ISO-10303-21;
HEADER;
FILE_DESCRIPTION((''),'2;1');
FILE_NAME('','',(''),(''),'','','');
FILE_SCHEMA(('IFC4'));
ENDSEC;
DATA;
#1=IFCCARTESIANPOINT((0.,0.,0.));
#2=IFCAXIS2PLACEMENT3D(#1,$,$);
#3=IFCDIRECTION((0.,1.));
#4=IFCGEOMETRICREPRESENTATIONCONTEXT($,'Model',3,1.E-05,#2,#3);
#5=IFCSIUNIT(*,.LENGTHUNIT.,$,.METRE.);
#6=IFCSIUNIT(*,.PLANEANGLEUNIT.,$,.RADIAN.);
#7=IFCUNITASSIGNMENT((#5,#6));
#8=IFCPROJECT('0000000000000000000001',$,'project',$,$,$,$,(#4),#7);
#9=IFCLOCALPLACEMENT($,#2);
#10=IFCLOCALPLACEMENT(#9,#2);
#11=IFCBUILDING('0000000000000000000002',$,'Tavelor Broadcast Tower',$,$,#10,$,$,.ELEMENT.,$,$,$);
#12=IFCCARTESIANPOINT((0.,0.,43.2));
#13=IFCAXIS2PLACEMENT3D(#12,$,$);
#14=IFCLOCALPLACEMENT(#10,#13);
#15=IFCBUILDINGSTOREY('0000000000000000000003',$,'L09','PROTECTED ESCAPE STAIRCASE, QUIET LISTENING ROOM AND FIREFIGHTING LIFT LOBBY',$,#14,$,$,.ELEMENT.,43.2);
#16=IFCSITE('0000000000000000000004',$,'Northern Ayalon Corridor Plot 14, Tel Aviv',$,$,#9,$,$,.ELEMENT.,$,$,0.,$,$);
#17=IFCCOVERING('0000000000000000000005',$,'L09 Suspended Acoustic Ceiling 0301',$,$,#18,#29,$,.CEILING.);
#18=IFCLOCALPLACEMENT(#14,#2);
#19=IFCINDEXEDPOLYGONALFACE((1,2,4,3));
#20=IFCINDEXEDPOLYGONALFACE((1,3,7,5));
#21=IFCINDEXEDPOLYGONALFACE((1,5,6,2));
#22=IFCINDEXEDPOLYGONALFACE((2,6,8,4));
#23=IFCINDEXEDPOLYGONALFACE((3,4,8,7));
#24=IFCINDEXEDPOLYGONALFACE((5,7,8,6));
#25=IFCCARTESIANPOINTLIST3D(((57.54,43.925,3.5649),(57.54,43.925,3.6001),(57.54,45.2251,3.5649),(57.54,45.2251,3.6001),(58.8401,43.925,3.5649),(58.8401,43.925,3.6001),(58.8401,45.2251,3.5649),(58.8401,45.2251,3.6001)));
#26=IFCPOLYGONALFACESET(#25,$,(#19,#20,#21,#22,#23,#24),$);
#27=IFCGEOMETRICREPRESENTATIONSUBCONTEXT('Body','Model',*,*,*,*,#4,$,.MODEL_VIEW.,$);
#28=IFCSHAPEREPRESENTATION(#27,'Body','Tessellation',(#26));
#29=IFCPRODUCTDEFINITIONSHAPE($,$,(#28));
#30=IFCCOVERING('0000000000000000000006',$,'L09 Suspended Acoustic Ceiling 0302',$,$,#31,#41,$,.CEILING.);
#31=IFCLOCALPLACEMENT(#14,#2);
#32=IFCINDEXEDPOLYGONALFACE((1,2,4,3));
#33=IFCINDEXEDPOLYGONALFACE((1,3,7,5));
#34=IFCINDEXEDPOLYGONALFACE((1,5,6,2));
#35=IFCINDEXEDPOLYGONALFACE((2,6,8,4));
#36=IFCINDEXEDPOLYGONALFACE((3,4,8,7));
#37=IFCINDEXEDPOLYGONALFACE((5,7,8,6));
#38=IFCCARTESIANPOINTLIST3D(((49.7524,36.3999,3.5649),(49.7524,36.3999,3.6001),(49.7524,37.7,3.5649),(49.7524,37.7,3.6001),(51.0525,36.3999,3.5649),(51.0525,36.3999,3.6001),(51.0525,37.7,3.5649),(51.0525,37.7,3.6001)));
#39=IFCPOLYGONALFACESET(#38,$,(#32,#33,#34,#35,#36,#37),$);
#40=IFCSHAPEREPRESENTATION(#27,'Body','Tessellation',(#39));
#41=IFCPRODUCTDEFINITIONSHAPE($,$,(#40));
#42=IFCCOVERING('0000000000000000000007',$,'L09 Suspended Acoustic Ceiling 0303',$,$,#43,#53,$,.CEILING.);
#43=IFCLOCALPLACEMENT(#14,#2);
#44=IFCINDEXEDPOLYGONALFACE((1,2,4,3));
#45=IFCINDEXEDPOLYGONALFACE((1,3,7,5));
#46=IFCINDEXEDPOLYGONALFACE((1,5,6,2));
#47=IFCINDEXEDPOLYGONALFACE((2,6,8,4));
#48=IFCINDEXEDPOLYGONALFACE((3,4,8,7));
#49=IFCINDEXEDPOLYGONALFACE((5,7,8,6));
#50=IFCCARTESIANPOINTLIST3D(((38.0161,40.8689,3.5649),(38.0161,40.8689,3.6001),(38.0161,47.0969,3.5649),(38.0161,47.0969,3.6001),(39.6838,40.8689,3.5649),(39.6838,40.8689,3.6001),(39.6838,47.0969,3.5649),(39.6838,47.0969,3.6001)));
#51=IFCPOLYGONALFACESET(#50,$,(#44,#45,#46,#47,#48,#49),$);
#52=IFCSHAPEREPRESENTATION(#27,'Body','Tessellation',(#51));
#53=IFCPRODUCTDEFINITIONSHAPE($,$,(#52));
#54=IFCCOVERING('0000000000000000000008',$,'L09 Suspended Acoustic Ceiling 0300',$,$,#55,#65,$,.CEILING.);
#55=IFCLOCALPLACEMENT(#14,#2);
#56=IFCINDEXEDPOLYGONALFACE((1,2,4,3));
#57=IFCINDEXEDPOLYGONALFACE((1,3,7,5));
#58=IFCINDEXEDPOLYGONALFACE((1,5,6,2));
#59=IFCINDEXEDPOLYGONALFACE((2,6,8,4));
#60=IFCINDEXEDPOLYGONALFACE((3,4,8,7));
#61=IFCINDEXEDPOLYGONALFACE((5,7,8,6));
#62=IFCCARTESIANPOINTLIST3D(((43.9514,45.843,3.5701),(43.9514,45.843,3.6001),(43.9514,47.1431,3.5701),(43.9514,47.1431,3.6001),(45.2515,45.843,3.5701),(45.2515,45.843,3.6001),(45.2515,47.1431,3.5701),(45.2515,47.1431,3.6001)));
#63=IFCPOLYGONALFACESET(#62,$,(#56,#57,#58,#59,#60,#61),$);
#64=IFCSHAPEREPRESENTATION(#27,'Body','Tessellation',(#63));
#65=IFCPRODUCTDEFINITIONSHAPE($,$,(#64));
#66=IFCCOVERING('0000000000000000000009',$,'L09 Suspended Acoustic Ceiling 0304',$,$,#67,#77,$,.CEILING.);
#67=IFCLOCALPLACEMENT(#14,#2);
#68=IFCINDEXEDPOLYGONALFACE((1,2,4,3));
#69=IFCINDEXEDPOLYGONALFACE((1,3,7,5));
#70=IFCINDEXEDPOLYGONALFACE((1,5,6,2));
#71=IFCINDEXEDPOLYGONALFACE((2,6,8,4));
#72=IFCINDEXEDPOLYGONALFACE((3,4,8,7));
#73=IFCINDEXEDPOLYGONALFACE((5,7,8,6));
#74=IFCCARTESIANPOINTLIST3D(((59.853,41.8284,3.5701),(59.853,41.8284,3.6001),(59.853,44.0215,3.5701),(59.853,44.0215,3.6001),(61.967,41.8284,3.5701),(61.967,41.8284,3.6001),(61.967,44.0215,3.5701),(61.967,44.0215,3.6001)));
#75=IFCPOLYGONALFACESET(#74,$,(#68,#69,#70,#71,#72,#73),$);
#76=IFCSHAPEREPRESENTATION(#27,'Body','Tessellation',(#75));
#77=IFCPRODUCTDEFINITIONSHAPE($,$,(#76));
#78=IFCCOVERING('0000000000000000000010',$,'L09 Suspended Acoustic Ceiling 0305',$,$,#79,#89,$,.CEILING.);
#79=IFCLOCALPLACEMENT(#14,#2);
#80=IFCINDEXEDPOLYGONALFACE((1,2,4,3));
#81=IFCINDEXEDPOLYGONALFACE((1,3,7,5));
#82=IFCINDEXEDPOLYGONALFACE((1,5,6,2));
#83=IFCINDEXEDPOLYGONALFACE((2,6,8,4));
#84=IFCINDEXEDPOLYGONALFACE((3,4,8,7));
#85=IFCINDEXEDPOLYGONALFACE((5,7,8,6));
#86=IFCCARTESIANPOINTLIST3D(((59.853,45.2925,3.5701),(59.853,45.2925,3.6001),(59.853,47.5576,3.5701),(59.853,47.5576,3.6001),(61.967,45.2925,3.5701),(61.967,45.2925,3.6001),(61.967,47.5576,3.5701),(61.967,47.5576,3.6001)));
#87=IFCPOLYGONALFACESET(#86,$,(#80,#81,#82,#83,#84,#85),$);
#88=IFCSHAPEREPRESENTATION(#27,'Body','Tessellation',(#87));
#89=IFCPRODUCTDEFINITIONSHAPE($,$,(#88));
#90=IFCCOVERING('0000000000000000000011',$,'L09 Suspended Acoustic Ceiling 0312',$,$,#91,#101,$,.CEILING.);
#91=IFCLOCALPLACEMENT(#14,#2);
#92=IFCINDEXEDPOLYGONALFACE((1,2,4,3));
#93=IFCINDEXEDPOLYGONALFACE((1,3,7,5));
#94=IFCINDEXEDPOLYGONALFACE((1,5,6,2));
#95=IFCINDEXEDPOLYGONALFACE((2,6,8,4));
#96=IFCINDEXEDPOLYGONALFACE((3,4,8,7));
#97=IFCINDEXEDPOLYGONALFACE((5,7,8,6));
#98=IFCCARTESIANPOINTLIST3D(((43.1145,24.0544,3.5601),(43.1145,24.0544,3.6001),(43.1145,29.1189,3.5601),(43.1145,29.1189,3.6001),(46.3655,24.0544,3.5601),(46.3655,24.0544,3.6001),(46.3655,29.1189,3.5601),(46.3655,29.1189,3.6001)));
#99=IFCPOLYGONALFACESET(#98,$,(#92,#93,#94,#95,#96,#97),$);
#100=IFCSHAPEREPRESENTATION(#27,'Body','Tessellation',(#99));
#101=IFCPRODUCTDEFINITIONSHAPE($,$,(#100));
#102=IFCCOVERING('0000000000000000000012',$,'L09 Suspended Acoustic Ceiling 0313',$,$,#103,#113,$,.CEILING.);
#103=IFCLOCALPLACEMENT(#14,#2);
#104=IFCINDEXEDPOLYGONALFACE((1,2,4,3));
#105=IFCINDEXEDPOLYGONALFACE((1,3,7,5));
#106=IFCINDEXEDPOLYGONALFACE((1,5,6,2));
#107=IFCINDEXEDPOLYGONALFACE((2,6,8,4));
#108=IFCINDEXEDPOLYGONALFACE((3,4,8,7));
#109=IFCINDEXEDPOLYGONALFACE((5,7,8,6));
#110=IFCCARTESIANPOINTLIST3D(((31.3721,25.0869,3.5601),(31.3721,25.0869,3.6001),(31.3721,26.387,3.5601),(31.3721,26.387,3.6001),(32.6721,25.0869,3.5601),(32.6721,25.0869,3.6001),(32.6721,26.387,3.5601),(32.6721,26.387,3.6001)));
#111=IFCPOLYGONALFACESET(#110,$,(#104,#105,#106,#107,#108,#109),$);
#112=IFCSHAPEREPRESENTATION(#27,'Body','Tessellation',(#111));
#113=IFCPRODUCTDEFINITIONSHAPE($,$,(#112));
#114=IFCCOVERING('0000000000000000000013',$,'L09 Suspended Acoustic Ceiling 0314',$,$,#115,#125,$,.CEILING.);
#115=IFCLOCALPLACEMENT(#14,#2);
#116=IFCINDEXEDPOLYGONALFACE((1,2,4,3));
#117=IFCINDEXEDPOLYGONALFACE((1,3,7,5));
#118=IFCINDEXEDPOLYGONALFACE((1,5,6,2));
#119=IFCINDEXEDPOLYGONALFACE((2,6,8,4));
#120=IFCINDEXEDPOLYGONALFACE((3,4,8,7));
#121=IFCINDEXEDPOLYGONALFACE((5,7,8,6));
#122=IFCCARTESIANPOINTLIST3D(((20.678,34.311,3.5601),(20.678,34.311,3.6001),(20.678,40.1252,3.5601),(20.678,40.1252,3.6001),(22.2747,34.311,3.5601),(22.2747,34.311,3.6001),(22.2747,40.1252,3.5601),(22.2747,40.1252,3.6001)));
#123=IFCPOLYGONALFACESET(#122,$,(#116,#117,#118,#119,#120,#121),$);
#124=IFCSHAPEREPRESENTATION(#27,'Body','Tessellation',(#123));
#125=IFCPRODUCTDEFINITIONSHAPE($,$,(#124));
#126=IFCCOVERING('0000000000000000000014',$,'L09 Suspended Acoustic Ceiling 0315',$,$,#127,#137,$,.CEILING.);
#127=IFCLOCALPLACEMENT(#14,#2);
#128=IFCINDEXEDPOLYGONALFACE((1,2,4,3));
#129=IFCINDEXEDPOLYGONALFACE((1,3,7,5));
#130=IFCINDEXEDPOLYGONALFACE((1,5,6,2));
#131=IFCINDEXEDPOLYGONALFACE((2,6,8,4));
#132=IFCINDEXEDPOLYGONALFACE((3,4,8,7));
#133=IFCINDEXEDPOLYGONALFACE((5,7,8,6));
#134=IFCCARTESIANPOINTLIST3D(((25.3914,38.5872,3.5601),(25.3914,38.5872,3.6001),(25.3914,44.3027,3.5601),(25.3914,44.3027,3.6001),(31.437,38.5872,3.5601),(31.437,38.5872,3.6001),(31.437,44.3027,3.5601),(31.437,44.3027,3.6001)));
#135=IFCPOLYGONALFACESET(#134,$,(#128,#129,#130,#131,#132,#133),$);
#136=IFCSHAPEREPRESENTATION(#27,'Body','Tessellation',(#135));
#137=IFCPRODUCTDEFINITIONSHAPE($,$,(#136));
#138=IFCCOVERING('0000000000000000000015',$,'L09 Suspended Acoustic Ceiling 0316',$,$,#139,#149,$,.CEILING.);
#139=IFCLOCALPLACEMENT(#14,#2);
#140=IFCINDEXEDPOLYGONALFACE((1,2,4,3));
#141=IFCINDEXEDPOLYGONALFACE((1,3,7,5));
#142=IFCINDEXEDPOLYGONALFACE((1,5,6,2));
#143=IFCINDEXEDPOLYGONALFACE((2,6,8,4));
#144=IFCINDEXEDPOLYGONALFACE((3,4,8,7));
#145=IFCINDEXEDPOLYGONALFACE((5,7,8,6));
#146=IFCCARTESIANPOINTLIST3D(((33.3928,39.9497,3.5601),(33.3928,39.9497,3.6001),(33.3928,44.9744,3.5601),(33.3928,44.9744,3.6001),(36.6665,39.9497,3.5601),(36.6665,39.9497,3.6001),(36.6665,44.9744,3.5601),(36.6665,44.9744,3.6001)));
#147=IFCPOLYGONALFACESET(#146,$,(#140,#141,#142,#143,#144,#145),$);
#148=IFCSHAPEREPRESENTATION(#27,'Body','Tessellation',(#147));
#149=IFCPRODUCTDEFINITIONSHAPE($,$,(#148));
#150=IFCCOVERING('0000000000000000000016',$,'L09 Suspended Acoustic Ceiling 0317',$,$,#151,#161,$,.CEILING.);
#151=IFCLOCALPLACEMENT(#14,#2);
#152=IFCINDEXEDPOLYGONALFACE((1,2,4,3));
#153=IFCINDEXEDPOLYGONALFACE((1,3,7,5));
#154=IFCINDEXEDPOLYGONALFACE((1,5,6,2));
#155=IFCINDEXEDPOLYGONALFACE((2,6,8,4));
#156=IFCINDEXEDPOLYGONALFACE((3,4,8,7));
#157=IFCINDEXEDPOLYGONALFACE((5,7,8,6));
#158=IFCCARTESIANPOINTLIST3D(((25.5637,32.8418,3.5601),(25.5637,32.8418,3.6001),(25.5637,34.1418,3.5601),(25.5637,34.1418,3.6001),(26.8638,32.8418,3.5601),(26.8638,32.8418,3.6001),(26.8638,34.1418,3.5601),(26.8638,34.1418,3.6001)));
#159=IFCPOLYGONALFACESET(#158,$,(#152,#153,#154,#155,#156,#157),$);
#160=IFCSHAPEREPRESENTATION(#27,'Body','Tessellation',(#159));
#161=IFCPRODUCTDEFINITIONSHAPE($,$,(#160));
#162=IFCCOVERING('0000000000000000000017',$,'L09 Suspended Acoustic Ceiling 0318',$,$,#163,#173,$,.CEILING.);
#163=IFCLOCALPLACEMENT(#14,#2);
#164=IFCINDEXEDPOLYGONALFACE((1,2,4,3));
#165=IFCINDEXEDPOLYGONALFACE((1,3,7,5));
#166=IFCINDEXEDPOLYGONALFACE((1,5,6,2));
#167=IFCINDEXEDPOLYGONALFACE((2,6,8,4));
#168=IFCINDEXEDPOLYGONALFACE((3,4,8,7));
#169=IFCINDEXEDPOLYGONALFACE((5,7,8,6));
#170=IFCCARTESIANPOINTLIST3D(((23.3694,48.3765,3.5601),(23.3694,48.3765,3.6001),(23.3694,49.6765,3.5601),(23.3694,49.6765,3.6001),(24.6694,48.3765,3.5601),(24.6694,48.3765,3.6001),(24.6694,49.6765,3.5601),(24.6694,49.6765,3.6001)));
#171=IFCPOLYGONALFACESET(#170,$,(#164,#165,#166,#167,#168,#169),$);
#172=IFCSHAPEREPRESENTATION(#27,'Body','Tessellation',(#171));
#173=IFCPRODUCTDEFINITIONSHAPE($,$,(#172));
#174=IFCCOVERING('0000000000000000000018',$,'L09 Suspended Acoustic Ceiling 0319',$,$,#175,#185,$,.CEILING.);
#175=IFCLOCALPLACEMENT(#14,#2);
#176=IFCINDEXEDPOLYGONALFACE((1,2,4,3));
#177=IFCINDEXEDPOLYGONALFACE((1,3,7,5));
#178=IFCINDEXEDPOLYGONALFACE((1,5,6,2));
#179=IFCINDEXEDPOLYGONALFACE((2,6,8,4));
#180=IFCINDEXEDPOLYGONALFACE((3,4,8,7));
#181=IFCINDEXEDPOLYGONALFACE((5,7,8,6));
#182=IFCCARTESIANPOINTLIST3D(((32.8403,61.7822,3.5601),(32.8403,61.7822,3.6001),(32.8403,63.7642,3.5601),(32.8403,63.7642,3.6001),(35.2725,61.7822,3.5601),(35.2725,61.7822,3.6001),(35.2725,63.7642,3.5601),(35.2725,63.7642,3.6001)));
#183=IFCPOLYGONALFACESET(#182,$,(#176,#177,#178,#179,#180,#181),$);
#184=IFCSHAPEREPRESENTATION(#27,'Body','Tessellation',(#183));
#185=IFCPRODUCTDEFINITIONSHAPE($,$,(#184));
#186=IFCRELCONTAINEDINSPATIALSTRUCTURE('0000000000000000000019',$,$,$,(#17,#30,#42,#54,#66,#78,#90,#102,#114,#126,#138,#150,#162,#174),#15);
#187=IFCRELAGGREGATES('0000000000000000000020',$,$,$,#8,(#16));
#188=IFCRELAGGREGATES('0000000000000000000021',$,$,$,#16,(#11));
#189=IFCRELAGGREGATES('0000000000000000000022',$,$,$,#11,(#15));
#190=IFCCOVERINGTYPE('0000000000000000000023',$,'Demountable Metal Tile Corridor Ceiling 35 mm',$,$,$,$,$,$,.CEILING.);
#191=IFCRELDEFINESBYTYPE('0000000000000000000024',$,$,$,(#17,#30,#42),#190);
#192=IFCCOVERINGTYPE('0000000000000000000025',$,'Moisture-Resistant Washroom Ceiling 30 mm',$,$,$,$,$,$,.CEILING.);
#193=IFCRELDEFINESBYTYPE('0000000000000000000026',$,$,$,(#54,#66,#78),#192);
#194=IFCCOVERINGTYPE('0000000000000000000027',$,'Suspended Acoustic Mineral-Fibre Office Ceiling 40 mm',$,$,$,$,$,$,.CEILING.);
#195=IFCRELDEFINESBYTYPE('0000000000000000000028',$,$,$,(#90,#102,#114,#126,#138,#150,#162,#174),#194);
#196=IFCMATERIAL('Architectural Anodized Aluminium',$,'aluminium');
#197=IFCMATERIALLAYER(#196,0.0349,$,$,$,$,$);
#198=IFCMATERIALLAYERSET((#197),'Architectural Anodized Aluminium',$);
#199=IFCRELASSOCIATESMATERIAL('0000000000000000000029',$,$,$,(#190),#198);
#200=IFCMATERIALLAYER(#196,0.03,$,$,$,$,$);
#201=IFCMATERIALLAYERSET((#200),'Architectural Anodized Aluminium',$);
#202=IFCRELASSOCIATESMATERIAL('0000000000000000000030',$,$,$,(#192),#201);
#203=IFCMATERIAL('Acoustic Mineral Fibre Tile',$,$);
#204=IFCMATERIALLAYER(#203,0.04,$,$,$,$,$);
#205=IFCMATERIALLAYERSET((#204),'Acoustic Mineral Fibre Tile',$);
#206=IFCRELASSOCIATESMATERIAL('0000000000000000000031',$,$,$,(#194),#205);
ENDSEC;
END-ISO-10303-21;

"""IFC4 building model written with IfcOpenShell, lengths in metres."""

from ifc_helpers import new_model, si_unit, direction, frame, origin, place, context, subcontext, project, spatial, polyline, outline, extrude, material, layer, layer_set, type_object, element, save


model = new_model("IFC4")

# Units and contexts
model_context = context("Model", 3, precision=1e-05, world=origin(), true_north=direction((0.0, 1.0)))
body_context = subcontext(model_context, "Body", "Model", "MODEL_VIEW")
ifc_project = project(units=[si_unit("LENGTHUNIT", "METRE"), si_unit("PLANEANGLEUNIT", "RADIAN")], contexts=[model_context])

# Site, building, storey
site_placement = place(None, origin())
site = spatial("IfcSite", under=ifc_project, at=site_placement, Name="Northern Ayalon Corridor Plot 14, Tel Aviv", CompositionType="ELEMENT", RefElevation=0.0)
building_placement = place(site_placement, origin())
building = spatial("IfcBuilding", under=site, at=building_placement, Name="Tavelor Broadcast Tower", CompositionType="ELEMENT")
storey_placement = place(building_placement, frame((0.0, 0.0, 43.2)))
storey = spatial("IfcBuildingStorey", under=building, at=storey_placement, Name="L09", Description="PROTECTED ESCAPE STAIRCASE, QUIET LISTENING ROOM AND FIREFIGHTING LIFT LOBBY", CompositionType="ELEMENT", Elevation=43.2)

# Coverings
ifc_material_1 = material(Name="Architectural Anodized Aluminium", Category="aluminium")
ifc_layer_1 = layer(ifc_material_1, 0.0349)
ifc_layer_set_1 = layer_set([ifc_layer_1], Name="Architectural Anodized Aluminium")
covering_type_1 = type_object("IfcCoveringType", Name="Demountable Metal Tile Corridor Ceiling 35 mm", PredefinedType="CEILING", material=ifc_layer_set_1)
covering_1_placement = place(storey_placement, frame((0.0, 0.0, 3.5649)))
element("IfcCovering", 1, at=covering_1_placement, inside=storey, type_object=covering_type_1, Name="L09 Suspended Acoustic Ceiling 0301", PredefinedType="CEILING", context=body_context, shape_type="SweptSolid", body=[
    extrude(outline(polyline([(57.54, 43.925), (58.8401, 43.925), (58.8401, 45.2251), (57.54, 45.2251), (57.54, 43.925)])), origin(), (0.0, 0.0, 1.0), 0.0352),
])
covering_2_placement = place(storey_placement, frame((0.0, 0.0, 3.5649)))
element("IfcCovering", 2, at=covering_2_placement, inside=storey, type_object=covering_type_1, Name="L09 Suspended Acoustic Ceiling 0302", PredefinedType="CEILING", context=body_context, shape_type="SweptSolid", body=[
    extrude(outline(polyline([(49.7524, 36.3999), (51.0525, 36.3999), (51.0525, 37.7), (49.7524, 37.7), (49.7524, 36.3999)])), origin(), (0.0, 0.0, 1.0), 0.0352),
])
covering_3_placement = place(storey_placement, frame((0.0, 0.0, 3.5649)))
element("IfcCovering", 3, at=covering_3_placement, inside=storey, type_object=covering_type_1, Name="L09 Suspended Acoustic Ceiling 0303", PredefinedType="CEILING", context=body_context, shape_type="SweptSolid", body=[
    extrude(outline(polyline([(38.0161, 40.8689), (39.6838, 40.8689), (39.6838, 47.0969), (38.0161, 47.0969), (38.0161, 40.8689)])), origin(), (0.0, 0.0, 1.0), 0.0352),
])
ifc_layer_2 = layer(ifc_material_1, 0.03)
ifc_layer_set_2 = layer_set([ifc_layer_2], Name="Architectural Anodized Aluminium")
covering_type_2 = type_object("IfcCoveringType", Name="Moisture-Resistant Washroom Ceiling 30 mm", PredefinedType="CEILING", material=ifc_layer_set_2)
covering_4_placement = place(storey_placement, frame((0.0, 0.0, 3.5701)))
element("IfcCovering", 4, at=covering_4_placement, inside=storey, type_object=covering_type_2, Name="L09 Suspended Acoustic Ceiling 0300", PredefinedType="CEILING", context=body_context, shape_type="SweptSolid", body=[
    extrude(outline(polyline([(43.9514, 45.843), (45.2515, 45.843), (45.2515, 47.1431), (43.9514, 47.1431), (43.9514, 45.843)])), origin(), (0.0, 0.0, 1.0), 0.03),
])
covering_5_placement = place(storey_placement, frame((0.0, 0.0, 3.5701)))
element("IfcCovering", 5, at=covering_5_placement, inside=storey, type_object=covering_type_2, Name="L09 Suspended Acoustic Ceiling 0304", PredefinedType="CEILING", context=body_context, shape_type="SweptSolid", body=[
    extrude(outline(polyline([(59.853, 41.8284), (61.967, 41.8284), (61.967, 44.0215), (59.853, 44.0215), (59.853, 41.8284)])), origin(), (0.0, 0.0, 1.0), 0.03),
])
covering_6_placement = place(storey_placement, frame((0.0, 0.0, 3.5701)))
element("IfcCovering", 6, at=covering_6_placement, inside=storey, type_object=covering_type_2, Name="L09 Suspended Acoustic Ceiling 0305", PredefinedType="CEILING", context=body_context, shape_type="SweptSolid", body=[
    extrude(outline(polyline([(59.853, 45.2925), (61.967, 45.2925), (61.967, 47.5576), (59.853, 47.5576), (59.853, 45.2925)])), origin(), (0.0, 0.0, 1.0), 0.03),
])
ifc_material_2 = material(Name="Acoustic Mineral Fibre Tile")
ifc_layer_3 = layer(ifc_material_2, 0.04)
ifc_layer_set_3 = layer_set([ifc_layer_3], Name="Acoustic Mineral Fibre Tile")
covering_type_3 = type_object("IfcCoveringType", Name="Suspended Acoustic Mineral-Fibre Office Ceiling 40 mm", PredefinedType="CEILING", material=ifc_layer_set_3)
covering_7_placement = place(storey_placement, frame((0.0, 0.0, 3.5601)))
element("IfcCovering", 7, at=covering_7_placement, inside=storey, type_object=covering_type_3, Name="L09 Suspended Acoustic Ceiling 0312", PredefinedType="CEILING", context=body_context, shape_type="SweptSolid", body=[
    extrude(outline(polyline([(43.1145, 24.0544), (46.3655, 24.0544), (46.3655, 29.1189), (43.1145, 29.1189), (43.1145, 24.0544)])), origin(), (0.0, 0.0, 1.0), 0.04),
])
covering_8_placement = place(storey_placement, frame((0.0, 0.0, 3.5601)))
element("IfcCovering", 8, at=covering_8_placement, inside=storey, type_object=covering_type_3, Name="L09 Suspended Acoustic Ceiling 0313", PredefinedType="CEILING", context=body_context, shape_type="SweptSolid", body=[
    extrude(outline(polyline([(31.3721, 25.0869), (32.6721, 25.0869), (32.6721, 26.387), (31.3721, 26.387), (31.3721, 25.0869)])), origin(), (0.0, 0.0, 1.0), 0.04),
])
covering_9_placement = place(storey_placement, frame((0.0, 0.0, 3.5601)))
element("IfcCovering", 9, at=covering_9_placement, inside=storey, type_object=covering_type_3, Name="L09 Suspended Acoustic Ceiling 0314", PredefinedType="CEILING", context=body_context, shape_type="SweptSolid", body=[
    extrude(outline(polyline([(20.678, 34.311), (22.2747, 34.311), (22.2747, 40.1252), (20.678, 40.1252), (20.678, 34.311)])), origin(), (0.0, 0.0, 1.0), 0.04),
])
covering_10_placement = place(storey_placement, frame((0.0, 0.0, 3.5601)))
element("IfcCovering", 10, at=covering_10_placement, inside=storey, type_object=covering_type_3, Name="L09 Suspended Acoustic Ceiling 0315", PredefinedType="CEILING", context=body_context, shape_type="SweptSolid", body=[
    extrude(outline(polyline([(25.3914, 38.5872), (31.437, 38.5872), (31.437, 44.3027), (25.3914, 44.3027), (25.3914, 38.5872)])), origin(), (0.0, 0.0, 1.0), 0.04),
])
covering_11_placement = place(storey_placement, frame((0.0, 0.0, 3.5601)))
element("IfcCovering", 11, at=covering_11_placement, inside=storey, type_object=covering_type_3, Name="L09 Suspended Acoustic Ceiling 0316", PredefinedType="CEILING", context=body_context, shape_type="SweptSolid", body=[
    extrude(outline(polyline([(33.3928, 39.9497), (36.6665, 39.9497), (36.6665, 44.9744), (33.3928, 44.9744), (33.3928, 39.9497)])), origin(), (0.0, 0.0, 1.0), 0.04),
])
covering_12_placement = place(storey_placement, frame((0.0, 0.0, 3.5601)))
element("IfcCovering", 12, at=covering_12_placement, inside=storey, type_object=covering_type_3, Name="L09 Suspended Acoustic Ceiling 0317", PredefinedType="CEILING", context=body_context, shape_type="SweptSolid", body=[
    extrude(outline(polyline([(25.5637, 32.8418), (26.8638, 32.8418), (26.8638, 34.1418), (25.5637, 34.1418), (25.5637, 32.8418)])), origin(), (0.0, 0.0, 1.0), 0.04),
])
covering_13_placement = place(storey_placement, frame((0.0, 0.0, 3.5601)))
element("IfcCovering", 13, at=covering_13_placement, inside=storey, type_object=covering_type_3, Name="L09 Suspended Acoustic Ceiling 0318", PredefinedType="CEILING", context=body_context, shape_type="SweptSolid", body=[
    extrude(outline(polyline([(23.3694, 48.3765), (24.6694, 48.3765), (24.6694, 49.6765), (23.3694, 49.6765), (23.3694, 48.3765)])), origin(), (0.0, 0.0, 1.0), 0.04),
])
covering_14_placement = place(storey_placement, frame((0.0, 0.0, 3.5601)))
element("IfcCovering", 14, at=covering_14_placement, inside=storey, type_object=covering_type_3, Name="L09 Suspended Acoustic Ceiling 0319", PredefinedType="CEILING", context=body_context, shape_type="SweptSolid", body=[
    extrude(outline(polyline([(32.8403, 61.7822), (35.2725, 61.7822), (35.2725, 63.7642), (32.8403, 63.7642), (32.8403, 61.7822)])), origin(), (0.0, 0.0, 1.0), 0.04),
])

save(model, "model.ifc")
